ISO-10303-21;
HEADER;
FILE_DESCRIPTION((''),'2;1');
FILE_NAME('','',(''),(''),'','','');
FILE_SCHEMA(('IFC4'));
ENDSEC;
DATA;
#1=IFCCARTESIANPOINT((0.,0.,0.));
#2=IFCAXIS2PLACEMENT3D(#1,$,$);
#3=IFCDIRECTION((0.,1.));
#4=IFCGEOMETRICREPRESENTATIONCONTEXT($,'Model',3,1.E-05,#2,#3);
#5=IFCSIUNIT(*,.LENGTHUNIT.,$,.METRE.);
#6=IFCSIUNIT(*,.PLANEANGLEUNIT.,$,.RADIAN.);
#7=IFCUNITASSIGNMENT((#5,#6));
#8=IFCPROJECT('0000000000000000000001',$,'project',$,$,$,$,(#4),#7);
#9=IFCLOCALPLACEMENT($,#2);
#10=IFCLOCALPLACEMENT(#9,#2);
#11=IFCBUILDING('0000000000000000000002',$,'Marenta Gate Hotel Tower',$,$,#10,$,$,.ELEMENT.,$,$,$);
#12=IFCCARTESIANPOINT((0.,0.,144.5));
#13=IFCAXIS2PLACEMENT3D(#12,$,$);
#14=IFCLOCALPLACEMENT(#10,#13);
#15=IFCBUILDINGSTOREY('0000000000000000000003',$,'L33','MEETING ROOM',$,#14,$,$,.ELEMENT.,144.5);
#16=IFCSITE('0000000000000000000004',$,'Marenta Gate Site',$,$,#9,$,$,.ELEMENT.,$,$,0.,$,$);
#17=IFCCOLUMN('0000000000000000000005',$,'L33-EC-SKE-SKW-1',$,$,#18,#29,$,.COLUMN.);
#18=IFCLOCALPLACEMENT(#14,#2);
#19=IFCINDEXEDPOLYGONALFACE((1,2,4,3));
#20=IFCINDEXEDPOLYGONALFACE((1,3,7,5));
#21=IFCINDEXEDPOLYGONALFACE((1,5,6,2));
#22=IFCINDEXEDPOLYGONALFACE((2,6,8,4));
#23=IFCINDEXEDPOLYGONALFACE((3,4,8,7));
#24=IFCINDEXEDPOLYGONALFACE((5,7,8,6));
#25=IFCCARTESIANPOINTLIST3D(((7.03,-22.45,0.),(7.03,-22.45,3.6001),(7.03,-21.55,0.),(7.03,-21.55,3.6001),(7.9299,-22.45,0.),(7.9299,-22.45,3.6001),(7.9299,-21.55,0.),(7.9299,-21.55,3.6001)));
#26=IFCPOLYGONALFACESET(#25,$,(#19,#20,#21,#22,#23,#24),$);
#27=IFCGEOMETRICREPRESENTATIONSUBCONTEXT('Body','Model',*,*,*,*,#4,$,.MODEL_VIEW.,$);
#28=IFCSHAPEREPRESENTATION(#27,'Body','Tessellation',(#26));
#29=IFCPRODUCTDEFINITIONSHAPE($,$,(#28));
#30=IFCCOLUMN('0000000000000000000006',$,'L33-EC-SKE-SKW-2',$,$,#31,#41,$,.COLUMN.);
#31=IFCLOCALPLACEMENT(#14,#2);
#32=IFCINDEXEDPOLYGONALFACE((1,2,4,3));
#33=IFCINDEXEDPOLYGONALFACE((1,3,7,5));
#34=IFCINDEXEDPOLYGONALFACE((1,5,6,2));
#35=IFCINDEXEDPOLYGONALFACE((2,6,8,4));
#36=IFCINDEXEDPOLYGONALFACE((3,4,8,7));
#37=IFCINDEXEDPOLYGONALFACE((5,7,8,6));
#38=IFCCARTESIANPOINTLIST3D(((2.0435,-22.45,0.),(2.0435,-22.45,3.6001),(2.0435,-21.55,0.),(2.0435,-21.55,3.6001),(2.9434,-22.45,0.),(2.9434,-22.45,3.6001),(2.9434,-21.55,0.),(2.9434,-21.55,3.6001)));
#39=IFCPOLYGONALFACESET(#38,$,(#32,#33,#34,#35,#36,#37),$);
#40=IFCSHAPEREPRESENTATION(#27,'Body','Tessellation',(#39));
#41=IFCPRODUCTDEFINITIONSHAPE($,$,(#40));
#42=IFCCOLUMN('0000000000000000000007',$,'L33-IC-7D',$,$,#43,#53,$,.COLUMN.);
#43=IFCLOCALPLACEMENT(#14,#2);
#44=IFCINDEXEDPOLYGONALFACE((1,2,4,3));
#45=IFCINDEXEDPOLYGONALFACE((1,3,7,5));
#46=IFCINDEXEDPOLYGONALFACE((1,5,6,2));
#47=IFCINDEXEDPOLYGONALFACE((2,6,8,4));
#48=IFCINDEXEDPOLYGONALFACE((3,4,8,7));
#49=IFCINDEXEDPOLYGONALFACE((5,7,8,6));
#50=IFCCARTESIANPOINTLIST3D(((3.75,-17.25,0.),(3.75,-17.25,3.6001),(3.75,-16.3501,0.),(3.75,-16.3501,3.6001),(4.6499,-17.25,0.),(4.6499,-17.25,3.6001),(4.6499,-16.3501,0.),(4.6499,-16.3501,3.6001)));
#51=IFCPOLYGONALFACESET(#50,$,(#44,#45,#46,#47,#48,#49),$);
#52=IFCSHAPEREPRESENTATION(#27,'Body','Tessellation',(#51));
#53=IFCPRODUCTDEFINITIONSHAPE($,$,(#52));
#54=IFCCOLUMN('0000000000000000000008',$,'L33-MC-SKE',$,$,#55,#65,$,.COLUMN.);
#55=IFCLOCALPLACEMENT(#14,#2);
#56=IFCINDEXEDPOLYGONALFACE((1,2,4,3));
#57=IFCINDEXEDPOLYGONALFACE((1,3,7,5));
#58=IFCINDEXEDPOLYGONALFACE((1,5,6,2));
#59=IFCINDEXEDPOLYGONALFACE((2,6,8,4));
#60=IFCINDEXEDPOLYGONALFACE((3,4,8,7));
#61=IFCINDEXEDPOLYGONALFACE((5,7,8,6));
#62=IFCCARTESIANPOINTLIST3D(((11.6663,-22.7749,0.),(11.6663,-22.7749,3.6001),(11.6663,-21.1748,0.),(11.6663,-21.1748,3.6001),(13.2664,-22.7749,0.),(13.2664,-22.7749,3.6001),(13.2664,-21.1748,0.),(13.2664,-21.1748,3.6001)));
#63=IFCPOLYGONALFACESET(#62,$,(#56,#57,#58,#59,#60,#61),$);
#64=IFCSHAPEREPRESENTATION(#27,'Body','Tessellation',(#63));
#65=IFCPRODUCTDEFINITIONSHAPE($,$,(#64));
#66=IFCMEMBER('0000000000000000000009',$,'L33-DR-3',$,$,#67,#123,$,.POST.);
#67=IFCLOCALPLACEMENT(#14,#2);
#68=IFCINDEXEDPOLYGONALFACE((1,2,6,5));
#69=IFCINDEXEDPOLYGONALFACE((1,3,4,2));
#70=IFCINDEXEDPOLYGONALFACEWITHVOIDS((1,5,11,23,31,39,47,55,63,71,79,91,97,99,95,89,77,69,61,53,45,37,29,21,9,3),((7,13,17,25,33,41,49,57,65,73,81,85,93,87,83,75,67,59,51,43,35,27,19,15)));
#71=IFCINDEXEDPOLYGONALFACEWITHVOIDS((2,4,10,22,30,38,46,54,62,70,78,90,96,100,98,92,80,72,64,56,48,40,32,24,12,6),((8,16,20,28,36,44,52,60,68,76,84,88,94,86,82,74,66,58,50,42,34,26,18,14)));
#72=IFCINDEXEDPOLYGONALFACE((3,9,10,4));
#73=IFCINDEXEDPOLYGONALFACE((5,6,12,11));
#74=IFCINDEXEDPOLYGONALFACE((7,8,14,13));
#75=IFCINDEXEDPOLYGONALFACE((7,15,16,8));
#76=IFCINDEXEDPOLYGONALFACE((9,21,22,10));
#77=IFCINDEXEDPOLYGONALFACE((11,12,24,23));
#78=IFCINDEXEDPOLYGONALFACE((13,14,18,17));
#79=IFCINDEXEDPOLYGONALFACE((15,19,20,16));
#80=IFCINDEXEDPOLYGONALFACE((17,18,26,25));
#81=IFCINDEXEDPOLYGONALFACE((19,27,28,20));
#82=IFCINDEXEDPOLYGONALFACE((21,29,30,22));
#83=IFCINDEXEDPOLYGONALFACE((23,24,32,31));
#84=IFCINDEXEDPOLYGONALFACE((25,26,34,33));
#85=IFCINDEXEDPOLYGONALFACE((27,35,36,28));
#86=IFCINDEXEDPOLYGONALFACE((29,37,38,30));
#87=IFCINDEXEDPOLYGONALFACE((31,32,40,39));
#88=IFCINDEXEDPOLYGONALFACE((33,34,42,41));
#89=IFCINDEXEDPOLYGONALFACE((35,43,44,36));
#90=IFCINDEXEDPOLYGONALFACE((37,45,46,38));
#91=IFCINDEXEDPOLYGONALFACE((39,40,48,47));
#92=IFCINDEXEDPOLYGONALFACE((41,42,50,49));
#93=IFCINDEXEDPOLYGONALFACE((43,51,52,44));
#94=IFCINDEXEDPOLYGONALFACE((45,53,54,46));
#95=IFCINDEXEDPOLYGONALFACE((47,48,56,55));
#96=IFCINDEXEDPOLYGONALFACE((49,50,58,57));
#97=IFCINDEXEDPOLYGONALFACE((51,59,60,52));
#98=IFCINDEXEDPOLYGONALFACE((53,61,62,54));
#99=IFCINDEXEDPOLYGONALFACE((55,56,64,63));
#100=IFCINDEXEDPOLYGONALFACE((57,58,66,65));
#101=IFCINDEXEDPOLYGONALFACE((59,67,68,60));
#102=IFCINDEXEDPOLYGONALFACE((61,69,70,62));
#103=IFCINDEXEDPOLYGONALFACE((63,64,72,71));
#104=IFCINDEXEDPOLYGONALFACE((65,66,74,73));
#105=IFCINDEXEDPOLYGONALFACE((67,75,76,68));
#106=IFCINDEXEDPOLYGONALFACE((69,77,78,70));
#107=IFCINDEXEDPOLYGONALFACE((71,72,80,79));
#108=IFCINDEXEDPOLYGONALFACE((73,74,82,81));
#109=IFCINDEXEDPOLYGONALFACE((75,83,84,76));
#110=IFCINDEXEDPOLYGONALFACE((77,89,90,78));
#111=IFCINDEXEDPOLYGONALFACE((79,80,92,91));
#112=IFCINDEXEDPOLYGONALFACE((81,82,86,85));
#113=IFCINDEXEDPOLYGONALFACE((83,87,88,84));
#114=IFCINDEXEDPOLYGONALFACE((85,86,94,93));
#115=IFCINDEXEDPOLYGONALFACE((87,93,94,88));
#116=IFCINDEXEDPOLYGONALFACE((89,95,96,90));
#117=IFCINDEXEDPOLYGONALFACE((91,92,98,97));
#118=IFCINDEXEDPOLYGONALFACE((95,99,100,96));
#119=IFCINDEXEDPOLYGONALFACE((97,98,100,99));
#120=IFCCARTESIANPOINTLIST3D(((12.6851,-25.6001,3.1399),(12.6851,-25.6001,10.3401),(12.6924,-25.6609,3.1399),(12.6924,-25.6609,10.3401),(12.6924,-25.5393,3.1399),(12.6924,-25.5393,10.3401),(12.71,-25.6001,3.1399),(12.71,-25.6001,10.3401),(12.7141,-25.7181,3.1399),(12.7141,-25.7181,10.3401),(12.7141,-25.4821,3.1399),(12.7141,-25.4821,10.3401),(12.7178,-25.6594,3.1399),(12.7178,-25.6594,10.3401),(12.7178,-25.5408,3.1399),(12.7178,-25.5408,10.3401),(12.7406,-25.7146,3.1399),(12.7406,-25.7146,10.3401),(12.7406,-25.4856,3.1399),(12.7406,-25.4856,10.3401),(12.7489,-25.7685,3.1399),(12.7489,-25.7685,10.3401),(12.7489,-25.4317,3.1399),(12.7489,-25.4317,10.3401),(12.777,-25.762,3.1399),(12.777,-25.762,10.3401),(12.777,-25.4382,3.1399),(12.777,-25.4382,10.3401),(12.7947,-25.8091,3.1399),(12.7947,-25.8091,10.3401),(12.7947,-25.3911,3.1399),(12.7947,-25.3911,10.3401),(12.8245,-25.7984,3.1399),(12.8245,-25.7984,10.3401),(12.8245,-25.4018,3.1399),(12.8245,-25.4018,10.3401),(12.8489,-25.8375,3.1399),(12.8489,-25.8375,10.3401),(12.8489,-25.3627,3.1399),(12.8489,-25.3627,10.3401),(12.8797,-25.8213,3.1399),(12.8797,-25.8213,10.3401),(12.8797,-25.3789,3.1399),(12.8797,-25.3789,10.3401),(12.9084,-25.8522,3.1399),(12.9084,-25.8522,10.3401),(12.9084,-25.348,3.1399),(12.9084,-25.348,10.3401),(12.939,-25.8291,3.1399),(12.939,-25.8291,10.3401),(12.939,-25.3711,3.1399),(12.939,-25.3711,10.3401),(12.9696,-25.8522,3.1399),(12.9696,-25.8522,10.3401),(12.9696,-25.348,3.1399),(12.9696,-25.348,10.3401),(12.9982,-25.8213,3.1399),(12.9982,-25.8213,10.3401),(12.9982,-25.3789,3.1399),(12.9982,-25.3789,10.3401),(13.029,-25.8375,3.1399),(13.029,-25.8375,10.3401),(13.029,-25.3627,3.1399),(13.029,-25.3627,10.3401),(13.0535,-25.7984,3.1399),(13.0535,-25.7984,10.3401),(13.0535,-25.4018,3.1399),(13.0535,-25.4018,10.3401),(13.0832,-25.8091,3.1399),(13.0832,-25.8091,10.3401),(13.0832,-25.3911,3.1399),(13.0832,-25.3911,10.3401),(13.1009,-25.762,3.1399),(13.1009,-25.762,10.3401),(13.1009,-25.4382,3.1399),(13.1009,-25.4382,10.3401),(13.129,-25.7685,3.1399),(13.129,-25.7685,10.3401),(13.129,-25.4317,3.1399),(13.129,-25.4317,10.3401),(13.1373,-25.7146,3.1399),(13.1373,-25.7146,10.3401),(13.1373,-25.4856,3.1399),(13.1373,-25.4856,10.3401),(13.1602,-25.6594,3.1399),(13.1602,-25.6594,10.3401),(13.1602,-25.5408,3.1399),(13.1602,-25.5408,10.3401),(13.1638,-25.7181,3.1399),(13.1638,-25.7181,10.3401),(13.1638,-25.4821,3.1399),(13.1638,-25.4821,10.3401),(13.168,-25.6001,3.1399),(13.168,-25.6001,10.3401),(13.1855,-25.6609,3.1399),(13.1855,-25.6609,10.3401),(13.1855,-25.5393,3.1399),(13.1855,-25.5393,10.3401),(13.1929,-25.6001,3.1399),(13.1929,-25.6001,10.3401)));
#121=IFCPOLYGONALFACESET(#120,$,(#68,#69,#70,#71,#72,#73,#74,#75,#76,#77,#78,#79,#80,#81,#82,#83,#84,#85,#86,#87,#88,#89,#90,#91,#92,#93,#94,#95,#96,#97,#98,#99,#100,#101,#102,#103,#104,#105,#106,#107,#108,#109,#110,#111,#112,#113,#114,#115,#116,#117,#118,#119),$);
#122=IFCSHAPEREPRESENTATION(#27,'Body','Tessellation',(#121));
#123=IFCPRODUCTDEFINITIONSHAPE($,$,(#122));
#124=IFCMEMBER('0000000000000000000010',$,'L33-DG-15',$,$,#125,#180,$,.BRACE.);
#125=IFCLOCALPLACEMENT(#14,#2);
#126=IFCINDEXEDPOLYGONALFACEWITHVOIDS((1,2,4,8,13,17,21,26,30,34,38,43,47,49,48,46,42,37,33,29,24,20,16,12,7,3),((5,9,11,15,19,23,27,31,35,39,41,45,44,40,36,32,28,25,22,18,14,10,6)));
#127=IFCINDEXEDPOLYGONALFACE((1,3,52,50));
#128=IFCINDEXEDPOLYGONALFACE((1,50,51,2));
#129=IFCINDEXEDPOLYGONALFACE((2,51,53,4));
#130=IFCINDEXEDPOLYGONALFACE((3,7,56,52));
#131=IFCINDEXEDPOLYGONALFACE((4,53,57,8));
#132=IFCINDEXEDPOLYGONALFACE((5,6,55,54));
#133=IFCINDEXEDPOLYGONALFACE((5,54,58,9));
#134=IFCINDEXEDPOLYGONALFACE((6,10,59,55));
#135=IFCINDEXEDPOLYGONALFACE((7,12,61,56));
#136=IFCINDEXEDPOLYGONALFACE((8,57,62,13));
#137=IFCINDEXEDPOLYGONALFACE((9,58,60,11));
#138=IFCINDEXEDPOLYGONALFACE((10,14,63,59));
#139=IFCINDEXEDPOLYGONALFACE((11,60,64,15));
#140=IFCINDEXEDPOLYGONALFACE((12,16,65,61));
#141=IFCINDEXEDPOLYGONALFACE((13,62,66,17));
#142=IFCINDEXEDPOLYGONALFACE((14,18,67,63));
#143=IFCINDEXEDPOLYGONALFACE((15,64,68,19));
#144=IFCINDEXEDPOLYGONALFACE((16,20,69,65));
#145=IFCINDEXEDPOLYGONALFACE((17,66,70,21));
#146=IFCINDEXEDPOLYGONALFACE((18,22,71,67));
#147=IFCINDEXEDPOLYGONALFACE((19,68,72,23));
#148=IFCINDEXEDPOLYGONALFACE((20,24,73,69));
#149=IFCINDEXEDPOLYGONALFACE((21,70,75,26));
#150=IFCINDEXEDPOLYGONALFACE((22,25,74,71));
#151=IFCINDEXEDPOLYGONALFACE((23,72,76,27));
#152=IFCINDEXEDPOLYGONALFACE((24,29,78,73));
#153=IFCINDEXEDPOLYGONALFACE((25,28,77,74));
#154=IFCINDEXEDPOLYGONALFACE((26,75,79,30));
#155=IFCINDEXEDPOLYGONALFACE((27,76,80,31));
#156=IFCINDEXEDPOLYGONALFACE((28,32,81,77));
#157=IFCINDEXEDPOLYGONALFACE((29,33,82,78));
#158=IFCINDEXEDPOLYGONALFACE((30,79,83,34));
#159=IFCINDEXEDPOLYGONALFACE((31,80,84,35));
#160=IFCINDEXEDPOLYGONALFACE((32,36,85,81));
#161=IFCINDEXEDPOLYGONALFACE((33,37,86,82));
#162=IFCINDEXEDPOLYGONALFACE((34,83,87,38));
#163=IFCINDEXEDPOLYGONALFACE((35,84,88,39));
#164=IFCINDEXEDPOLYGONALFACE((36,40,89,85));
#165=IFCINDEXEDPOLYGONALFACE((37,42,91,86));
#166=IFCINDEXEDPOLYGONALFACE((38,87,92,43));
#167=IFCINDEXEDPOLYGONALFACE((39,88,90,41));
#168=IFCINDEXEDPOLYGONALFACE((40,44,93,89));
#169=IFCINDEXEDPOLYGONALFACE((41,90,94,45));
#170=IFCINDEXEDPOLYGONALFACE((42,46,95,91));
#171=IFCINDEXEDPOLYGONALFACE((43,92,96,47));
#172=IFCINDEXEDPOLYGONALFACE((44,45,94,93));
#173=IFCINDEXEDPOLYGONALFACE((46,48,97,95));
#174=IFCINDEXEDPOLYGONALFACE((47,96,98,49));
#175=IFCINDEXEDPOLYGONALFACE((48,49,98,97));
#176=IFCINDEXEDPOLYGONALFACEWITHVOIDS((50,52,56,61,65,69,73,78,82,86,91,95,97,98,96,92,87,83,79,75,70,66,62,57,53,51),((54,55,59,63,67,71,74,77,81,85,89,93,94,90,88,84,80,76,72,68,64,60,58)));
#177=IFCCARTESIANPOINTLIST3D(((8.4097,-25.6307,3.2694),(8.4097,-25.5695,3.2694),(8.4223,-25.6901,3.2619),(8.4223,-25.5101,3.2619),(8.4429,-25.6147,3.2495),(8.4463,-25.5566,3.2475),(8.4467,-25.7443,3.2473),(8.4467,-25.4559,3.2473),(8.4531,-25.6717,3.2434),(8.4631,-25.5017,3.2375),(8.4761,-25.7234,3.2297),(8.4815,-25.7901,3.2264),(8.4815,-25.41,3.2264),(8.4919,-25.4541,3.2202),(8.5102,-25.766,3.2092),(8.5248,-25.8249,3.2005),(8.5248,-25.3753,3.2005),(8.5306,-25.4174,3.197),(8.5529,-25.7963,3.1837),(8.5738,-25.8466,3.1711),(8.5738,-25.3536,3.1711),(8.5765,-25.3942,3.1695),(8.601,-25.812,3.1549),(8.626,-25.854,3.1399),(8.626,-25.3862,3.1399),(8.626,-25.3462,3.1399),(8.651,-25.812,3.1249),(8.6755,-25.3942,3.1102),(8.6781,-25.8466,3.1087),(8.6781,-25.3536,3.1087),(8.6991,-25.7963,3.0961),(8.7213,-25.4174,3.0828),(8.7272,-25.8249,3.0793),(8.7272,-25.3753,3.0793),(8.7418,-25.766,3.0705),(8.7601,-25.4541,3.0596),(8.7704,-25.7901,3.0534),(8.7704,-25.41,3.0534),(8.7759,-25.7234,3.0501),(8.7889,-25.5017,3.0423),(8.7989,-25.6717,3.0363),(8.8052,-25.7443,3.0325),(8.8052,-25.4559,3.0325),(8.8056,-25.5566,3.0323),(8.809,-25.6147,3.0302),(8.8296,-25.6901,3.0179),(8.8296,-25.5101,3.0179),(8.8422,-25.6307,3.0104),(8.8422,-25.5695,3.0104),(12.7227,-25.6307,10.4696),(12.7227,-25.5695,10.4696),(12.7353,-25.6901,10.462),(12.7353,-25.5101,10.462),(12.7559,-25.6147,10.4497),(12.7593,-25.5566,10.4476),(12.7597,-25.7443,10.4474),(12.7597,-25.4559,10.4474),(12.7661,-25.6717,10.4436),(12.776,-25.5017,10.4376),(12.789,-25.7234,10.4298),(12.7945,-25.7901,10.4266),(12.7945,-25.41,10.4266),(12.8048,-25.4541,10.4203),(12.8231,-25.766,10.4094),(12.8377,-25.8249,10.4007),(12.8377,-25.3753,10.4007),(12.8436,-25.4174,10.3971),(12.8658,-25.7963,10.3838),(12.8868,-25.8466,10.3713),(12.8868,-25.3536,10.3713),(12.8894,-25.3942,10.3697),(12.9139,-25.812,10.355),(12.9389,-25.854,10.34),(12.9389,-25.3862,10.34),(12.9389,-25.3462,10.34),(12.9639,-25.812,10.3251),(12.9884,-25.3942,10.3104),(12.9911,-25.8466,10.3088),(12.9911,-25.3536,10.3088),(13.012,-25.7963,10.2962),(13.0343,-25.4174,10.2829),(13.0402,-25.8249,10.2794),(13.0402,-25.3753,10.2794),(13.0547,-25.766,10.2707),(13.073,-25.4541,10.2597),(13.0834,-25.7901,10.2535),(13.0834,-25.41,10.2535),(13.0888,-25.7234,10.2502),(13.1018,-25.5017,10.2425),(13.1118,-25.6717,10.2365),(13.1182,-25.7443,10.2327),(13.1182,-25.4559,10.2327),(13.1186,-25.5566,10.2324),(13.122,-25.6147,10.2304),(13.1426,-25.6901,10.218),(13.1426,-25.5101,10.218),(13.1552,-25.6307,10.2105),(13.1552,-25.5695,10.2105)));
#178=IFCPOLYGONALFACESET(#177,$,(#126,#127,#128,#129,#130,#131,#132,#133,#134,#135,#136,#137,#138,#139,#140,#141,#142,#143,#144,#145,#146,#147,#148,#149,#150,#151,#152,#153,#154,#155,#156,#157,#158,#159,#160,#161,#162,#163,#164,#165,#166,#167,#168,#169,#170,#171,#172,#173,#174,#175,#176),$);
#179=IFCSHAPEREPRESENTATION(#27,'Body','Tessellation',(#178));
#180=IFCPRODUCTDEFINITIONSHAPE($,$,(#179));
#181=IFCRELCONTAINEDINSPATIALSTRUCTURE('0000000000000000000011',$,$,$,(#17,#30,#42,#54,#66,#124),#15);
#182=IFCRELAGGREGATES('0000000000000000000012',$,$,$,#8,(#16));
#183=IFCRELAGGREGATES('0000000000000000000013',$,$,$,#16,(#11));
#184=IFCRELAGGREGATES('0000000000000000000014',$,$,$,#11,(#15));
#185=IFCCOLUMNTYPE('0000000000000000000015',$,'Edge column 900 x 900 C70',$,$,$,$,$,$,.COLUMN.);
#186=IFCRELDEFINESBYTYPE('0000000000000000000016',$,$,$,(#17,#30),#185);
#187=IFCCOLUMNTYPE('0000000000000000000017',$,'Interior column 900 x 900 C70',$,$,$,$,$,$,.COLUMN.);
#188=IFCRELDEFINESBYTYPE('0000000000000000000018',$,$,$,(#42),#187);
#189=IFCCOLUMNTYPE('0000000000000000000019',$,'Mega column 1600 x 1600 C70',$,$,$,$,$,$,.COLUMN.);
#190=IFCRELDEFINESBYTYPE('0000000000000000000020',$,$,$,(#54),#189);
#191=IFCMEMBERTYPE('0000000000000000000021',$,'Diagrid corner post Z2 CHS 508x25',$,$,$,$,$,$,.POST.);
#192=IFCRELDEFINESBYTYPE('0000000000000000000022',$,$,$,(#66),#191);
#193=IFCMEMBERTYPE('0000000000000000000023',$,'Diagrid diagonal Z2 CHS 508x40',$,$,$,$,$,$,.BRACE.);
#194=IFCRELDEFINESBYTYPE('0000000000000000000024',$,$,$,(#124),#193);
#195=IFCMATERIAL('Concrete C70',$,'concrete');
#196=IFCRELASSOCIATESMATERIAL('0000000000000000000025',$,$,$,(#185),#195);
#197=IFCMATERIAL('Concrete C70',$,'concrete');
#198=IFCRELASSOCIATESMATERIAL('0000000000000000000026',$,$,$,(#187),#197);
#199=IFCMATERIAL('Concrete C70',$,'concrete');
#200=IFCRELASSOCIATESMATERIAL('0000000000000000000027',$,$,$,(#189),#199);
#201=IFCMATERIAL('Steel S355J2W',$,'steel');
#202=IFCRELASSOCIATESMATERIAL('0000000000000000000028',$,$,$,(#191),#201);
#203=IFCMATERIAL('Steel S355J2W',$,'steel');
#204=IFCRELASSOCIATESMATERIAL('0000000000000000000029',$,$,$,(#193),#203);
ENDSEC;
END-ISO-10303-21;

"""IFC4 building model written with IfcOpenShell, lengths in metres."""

from ifc_helpers import new_model, si_unit, direction, frame, origin, origin_2d, place, context, subcontext, project, spatial, rectangle, hollow_circle, extrude, material, material_profile, profile_set, type_object, element, save


model = new_model("IFC4")

# Units and contexts
model_context = context("Model", 3, precision=1e-05, world=origin(), true_north=direction((0.0, 1.0)))
body_context = subcontext(model_context, "Body", "Model", "MODEL_VIEW")
ifc_project = project(units=[si_unit("LENGTHUNIT", "METRE"), si_unit("PLANEANGLEUNIT", "RADIAN")], contexts=[model_context])

# Site, building, storey
site_placement = place(None, origin())
site = spatial("IfcSite", under=ifc_project, at=site_placement, Name="Marenta Gate Site", CompositionType="ELEMENT", RefElevation=0.0)
building_placement = place(site_placement, origin())
building = spatial("IfcBuilding", under=site, at=building_placement, Name="Marenta Gate Hotel Tower", CompositionType="ELEMENT")
storey_placement = place(building_placement, frame((0.0, 0.0, 144.5)))
storey = spatial("IfcBuildingStorey", under=building, at=storey_placement, Name="L33", Description="MEETING ROOM", CompositionType="ELEMENT", Elevation=144.5)

# Columns
ifc_material_1 = material(Name="Concrete C70", Category="concrete")
ifc_material_profile_1 = material_profile(ifc_material_1, rectangle(XDim=0.8999, YDim=0.8999, at=origin_2d()), Name="900 x 900")
ifc_profile_set_1 = profile_set([ifc_material_profile_1], Name="Concrete C70")
column_type_1 = type_object("IfcColumnType", Name="Edge column 900 x 900 C70", PredefinedType="COLUMN", material=ifc_profile_set_1)
for number, where, z_axis, x_axis, name in (
    (1, (7.48, -22.0, 0.0), (0.0, 0.0, 1.0), (1.0, 0.0, 0.0), "L33-EC-SKE-SKW-1"),
    (2, (2.4934, -22.0, 0.0), (0.0, 0.0, 1.0), (1.0, 0.0, 0.0), "L33-EC-SKE-SKW-2"),
):
    element("IfcColumn", number, at=place(storey_placement, frame(where, z_axis=z_axis, x_axis=x_axis)), inside=storey, type_object=column_type_1, Name=name, PredefinedType="COLUMN", context=body_context, shape_type="SweptSolid", body=[
        extrude(rectangle(XDim=0.8999, YDim=0.8999, at=origin_2d()), origin(), (0.0, 0.0, 1.0), 3.6001),
    ])
ifc_material_2 = material(Name="Concrete C70", Category="concrete")
ifc_material_profile_2 = material_profile(ifc_material_2, rectangle(XDim=0.8999, YDim=0.8999, at=origin_2d()), Name="900 x 900")
ifc_profile_set_2 = profile_set([ifc_material_profile_2], Name="Concrete C70")
column_type_2 = type_object("IfcColumnType", Name="Interior column 900 x 900 C70", PredefinedType="COLUMN", material=ifc_profile_set_2)
column_1_placement = place(storey_placement, frame((4.2, -16.8, 0.0), z_axis=(0.0, 0.0, 1.0), x_axis=(1.0, 0.0, 0.0)))
element("IfcColumn", 3, at=column_1_placement, inside=storey, type_object=column_type_2, Name="L33-IC-7D", PredefinedType="COLUMN", context=body_context, shape_type="SweptSolid", body=[
    extrude(rectangle(XDim=0.8999, YDim=0.8999, at=origin_2d()), origin(), (0.0, 0.0, 1.0), 3.6001),
])
ifc_material_3 = material(Name="Concrete C70", Category="concrete")
ifc_material_profile_3 = material_profile(ifc_material_3, rectangle(XDim=1.6001, YDim=1.6001, at=origin_2d()), Name="1600 x 1600")
ifc_profile_set_3 = profile_set([ifc_material_profile_3], Name="Concrete C70")
column_type_3 = type_object("IfcColumnType", Name="Mega column 1600 x 1600 C70", PredefinedType="COLUMN", material=ifc_profile_set_3)
column_2_placement = place(storey_placement, frame((12.4663, -21.9749, 0.0), z_axis=(0.0, 0.0, 1.0), x_axis=(1.0, 0.0, 0.0)))
element("IfcColumn", 4, at=column_2_placement, inside=storey, type_object=column_type_3, Name="L33-MC-SKE", PredefinedType="COLUMN", context=body_context, shape_type="SweptSolid", body=[
    extrude(rectangle(XDim=1.6001, YDim=1.6001, at=origin_2d()), origin(), (0.0, 0.0, 1.0), 3.6001),
])

# Members
ifc_material_4 = material(Name="Steel S355J2W", Category="steel")
ifc_material_profile_4 = material_profile(ifc_material_4, hollow_circle(Radius=0.2539, WallThickness=0.0249, at=origin_2d()), Name="CHS 508x25")
ifc_profile_set_4 = profile_set([ifc_material_profile_4], Name="Steel S355J2W")
member_type_1 = type_object("IfcMemberType", Name="Diagrid corner post Z2 CHS 508x25", PredefinedType="POST", material=ifc_profile_set_4)
member_1_placement = place(storey_placement, frame((12.939, -25.6001, 3.1399), z_axis=(0.0, 0.0, 1.0), x_axis=(1.0, 0.0, 0.0)))
element("IfcMember", 5, at=member_1_placement, inside=storey, type_object=member_type_1, Name="L33-DR-3", PredefinedType="POST", context=body_context, shape_type="SweptSolid", body=[
    extrude(hollow_circle(Radius=0.2539, WallThickness=0.0249, at=origin_2d()), origin(), (0.0, 0.0, 1.0), 7.2002),
])
ifc_material_5 = material(Name="Steel S355J2W", Category="steel")
ifc_material_profile_5 = material_profile(ifc_material_5, hollow_circle(Radius=0.2539, WallThickness=0.04, at=origin_2d()), Name="CHS 508x40")
ifc_profile_set_5 = profile_set([ifc_material_profile_5], Name="Steel S355J2W")
member_type_2 = type_object("IfcMemberType", Name="Diagrid diagonal Z2 CHS 508x40", PredefinedType="BRACE", material=ifc_profile_set_5)
for number, where, z_axis, x_axis, name in (
    (6, (8.626, -25.6001, 3.1399), (0.513871, 0.0, 0.857867), (0.0, 1.0, 0.0), "L33-DG-15"),
):
    element("IfcMember", number, at=place(storey_placement, frame(where, z_axis=z_axis, x_axis=x_axis)), inside=storey, type_object=member_type_2, Name=name, PredefinedType="BRACE", context=body_context, shape_type="SweptSolid", body=[
        extrude(hollow_circle(Radius=0.2539, WallThickness=0.04, at=origin_2d()), origin(), (0.0, 0.0, 1.0), 8.3931),
    ])

save(model, "model.ifc")
